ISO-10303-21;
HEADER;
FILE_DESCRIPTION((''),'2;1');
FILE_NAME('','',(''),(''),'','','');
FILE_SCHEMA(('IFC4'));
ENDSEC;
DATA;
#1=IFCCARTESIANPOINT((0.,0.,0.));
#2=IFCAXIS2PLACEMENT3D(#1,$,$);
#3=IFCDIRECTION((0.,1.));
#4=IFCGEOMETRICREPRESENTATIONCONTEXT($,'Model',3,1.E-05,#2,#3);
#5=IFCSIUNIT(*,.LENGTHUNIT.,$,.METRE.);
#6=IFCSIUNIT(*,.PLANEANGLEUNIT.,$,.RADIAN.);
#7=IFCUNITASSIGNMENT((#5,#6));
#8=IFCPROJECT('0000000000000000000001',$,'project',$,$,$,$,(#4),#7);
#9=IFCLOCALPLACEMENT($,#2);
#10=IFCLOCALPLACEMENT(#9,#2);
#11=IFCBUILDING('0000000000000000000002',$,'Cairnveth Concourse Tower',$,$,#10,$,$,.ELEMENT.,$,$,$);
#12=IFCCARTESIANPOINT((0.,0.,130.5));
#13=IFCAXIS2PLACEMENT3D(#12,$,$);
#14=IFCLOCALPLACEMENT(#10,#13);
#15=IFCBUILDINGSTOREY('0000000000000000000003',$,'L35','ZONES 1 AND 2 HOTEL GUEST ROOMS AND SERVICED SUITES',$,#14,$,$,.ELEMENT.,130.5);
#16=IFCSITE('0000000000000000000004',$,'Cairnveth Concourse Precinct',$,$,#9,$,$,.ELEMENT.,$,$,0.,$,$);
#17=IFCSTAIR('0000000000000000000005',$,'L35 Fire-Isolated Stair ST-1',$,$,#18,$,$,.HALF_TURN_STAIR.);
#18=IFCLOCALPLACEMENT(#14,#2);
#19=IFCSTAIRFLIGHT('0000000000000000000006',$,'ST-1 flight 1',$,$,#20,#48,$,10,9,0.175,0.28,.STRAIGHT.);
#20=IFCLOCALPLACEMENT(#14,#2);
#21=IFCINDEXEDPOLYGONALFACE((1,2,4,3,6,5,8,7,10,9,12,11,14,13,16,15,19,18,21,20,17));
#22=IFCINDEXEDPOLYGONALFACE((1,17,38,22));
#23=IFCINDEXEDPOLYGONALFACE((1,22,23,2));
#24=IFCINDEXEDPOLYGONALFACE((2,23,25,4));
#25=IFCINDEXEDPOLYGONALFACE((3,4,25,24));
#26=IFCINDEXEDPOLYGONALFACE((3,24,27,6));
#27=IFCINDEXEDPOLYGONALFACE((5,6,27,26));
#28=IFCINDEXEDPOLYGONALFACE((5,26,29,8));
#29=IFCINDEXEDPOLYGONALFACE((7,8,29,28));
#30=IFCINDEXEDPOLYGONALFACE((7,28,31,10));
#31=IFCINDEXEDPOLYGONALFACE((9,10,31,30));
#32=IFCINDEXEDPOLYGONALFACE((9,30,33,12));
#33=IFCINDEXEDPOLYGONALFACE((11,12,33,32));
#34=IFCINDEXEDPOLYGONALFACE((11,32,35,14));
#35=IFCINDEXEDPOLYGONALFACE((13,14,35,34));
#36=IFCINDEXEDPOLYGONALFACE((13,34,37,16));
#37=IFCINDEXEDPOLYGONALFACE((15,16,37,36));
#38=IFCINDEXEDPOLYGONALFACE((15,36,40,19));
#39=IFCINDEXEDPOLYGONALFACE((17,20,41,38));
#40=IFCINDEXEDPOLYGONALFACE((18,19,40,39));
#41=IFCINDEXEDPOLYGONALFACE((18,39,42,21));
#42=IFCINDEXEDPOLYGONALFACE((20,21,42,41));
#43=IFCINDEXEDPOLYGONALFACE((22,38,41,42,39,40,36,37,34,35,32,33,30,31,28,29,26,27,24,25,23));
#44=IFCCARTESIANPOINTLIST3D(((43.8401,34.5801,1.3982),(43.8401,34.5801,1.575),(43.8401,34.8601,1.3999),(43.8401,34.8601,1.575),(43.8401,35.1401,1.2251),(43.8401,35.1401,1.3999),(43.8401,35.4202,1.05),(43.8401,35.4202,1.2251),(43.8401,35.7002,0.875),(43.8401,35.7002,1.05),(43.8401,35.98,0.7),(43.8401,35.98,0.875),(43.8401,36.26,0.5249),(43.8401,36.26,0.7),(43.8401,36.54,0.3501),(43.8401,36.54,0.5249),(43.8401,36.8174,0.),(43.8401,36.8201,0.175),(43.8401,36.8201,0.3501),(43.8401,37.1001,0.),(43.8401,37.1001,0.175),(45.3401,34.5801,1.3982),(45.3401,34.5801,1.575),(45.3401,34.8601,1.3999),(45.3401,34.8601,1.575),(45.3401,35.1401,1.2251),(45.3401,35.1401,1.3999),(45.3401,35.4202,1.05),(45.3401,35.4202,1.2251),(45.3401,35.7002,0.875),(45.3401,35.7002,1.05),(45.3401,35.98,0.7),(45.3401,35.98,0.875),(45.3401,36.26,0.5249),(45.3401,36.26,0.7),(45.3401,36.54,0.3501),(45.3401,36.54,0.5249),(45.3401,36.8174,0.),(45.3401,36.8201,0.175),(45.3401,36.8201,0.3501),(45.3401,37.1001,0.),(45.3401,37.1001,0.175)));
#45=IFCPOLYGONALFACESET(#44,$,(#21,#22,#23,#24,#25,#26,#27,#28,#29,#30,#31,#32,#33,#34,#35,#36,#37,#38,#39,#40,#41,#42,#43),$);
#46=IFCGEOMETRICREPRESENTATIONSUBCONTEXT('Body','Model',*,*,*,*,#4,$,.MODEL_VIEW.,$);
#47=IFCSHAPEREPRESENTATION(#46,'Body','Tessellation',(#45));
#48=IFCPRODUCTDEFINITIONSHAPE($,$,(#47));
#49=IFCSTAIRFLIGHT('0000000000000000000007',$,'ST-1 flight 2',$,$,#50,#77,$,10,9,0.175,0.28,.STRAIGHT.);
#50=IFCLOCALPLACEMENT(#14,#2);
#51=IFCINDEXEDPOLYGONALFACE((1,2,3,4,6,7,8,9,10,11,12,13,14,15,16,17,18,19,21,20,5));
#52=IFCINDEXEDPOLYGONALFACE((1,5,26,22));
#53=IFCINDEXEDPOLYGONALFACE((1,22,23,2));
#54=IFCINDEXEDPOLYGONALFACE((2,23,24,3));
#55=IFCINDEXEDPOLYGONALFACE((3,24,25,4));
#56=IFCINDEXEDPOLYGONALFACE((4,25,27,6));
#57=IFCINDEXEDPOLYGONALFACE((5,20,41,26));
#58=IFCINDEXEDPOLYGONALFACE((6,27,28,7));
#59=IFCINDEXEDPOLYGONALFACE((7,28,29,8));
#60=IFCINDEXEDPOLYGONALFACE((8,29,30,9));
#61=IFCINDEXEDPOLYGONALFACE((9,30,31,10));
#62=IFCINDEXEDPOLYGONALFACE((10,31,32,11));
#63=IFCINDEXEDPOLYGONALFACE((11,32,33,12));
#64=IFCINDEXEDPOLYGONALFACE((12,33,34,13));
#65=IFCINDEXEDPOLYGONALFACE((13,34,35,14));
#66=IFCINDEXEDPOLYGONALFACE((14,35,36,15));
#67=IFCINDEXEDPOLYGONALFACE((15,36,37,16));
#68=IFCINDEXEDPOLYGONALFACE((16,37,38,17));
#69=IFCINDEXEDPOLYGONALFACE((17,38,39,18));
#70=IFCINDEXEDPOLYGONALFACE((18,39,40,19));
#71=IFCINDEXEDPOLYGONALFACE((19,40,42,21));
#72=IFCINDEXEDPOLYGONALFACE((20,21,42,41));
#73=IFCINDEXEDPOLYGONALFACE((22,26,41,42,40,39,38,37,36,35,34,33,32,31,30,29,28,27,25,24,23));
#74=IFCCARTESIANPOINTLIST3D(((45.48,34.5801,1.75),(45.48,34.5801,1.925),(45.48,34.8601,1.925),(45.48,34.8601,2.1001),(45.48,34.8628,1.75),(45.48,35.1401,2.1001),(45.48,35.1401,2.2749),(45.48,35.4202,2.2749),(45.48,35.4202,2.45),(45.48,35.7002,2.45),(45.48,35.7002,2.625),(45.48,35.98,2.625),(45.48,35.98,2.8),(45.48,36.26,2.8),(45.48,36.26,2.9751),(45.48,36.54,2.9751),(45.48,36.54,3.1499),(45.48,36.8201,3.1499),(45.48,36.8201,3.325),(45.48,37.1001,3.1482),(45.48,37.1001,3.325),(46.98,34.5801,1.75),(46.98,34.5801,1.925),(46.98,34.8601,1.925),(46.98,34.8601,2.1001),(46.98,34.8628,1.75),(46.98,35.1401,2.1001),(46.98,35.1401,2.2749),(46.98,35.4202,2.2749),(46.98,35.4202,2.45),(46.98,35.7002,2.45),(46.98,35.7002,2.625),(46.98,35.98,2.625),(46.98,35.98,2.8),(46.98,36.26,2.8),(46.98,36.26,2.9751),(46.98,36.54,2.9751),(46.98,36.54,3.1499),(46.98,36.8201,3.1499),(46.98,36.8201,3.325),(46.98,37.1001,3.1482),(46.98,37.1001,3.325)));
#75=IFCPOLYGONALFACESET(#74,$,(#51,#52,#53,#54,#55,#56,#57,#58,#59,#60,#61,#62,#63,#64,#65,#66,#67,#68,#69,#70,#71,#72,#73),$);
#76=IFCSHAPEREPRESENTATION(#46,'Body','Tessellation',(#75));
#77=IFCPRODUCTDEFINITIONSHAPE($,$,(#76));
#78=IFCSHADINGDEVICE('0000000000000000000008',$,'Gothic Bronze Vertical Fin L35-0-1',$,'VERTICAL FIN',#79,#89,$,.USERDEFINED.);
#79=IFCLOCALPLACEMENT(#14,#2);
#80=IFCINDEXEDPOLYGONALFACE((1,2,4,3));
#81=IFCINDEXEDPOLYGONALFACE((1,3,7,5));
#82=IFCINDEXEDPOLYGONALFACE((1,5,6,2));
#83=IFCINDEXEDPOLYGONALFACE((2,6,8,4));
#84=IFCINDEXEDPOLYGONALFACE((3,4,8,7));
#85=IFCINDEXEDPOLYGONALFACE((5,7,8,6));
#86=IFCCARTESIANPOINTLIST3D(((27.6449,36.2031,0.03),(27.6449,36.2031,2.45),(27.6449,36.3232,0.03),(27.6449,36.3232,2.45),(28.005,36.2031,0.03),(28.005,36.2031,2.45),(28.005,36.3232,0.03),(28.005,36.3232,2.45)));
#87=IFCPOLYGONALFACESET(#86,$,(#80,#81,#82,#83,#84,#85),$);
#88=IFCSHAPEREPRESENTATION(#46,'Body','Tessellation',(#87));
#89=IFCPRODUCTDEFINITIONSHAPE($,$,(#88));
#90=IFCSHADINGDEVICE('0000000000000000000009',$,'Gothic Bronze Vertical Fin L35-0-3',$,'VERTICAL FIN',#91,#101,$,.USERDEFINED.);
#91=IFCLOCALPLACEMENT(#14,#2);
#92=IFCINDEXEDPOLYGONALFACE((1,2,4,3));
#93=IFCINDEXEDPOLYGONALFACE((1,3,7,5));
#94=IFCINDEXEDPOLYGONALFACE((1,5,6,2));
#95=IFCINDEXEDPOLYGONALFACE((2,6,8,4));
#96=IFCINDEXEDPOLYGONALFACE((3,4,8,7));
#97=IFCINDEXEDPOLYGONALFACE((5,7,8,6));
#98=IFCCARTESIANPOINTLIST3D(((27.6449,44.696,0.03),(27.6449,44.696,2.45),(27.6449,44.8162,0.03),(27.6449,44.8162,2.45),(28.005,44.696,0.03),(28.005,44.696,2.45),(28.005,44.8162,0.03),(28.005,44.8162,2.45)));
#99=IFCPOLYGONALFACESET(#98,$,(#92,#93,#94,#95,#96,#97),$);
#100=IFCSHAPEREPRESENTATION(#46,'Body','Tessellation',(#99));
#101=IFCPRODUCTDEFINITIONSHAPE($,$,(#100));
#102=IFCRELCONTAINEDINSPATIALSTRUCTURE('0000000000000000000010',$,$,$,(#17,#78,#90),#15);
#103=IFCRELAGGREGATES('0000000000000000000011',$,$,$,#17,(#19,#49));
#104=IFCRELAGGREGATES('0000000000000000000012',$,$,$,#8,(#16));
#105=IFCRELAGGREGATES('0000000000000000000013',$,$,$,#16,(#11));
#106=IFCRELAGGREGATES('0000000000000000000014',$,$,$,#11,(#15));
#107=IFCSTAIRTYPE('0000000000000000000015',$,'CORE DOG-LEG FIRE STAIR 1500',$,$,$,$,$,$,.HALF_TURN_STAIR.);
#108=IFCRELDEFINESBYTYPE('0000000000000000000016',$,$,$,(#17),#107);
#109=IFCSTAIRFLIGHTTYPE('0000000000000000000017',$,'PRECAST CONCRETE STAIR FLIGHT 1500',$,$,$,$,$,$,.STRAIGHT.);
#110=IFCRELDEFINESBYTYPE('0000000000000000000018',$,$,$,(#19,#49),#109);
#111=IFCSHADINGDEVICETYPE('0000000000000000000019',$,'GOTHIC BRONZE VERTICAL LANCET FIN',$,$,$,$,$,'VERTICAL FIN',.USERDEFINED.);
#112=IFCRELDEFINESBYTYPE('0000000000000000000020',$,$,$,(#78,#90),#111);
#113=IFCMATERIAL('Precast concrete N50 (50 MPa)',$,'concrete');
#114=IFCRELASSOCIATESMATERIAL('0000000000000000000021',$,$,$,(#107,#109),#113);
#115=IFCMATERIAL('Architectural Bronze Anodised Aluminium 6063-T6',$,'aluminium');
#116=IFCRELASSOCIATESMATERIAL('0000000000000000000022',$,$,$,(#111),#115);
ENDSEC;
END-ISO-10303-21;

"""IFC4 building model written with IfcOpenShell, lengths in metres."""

from ifc_helpers import new_model, si_unit, direction, frame, origin, origin_2d, place, context, subcontext, project, spatial, polyline, rectangle, outline, extrude, material, type_object, element, aggregate, save


model = new_model("IFC4")

# Units and contexts
model_context = context("Model", 3, precision=1e-05, world=origin(), true_north=direction((0.0, 1.0)))
body_context = subcontext(model_context, "Body", "Model", "MODEL_VIEW")
ifc_project = project(units=[si_unit("LENGTHUNIT", "METRE"), si_unit("PLANEANGLEUNIT", "RADIAN")], contexts=[model_context])

# Site, building, storey
site_placement = place(None, origin())
site = spatial("IfcSite", under=ifc_project, at=site_placement, Name="Cairnveth Concourse Precinct", CompositionType="ELEMENT", RefElevation=0.0)
building_placement = place(site_placement, origin())
building = spatial("IfcBuilding", under=site, at=building_placement, Name="Cairnveth Concourse Tower", CompositionType="ELEMENT")
storey_placement = place(building_placement, frame((0.0, 0.0, 130.5)))
storey = spatial("IfcBuildingStorey", under=building, at=storey_placement, Name="L35", Description="ZONES 1 AND 2 HOTEL GUEST ROOMS AND SERVICED SUITES", CompositionType="ELEMENT", Elevation=130.5)

# Shared definitions
ifc_material_1 = material(Name="Architectural Bronze Anodised Aluminium 6063-T6", Category="aluminium")

# Stair, stair flights
ifc_material_2 = material(Name="Precast concrete N50 (50 MPa)", Category="concrete")
stair_type = type_object("IfcStairType", Name="CORE DOG-LEG FIRE STAIR 1500", PredefinedType="HALF_TURN_STAIR", material=ifc_material_2)
stair_placement = place(storey_placement, origin())
stair = element("IfcStair", 1, at=stair_placement, inside=storey, type_object=stair_type, Name="L35 Fire-Isolated Stair ST-1", PredefinedType="HALF_TURN_STAIR")
stair_flight_type = type_object("IfcStairFlightType", Name="PRECAST CONCRETE STAIR FLIGHT 1500", PredefinedType="STRAIGHT", material=ifc_material_2)
stair_flight_1_placement = place(storey_placement, frame((44.5901, 37.1001, 0.0), z_axis=(0.0, 0.0, 1.0), x_axis=(0.0, -1.0, 0.0)))
stair_flight_1 = element("IfcStairFlight", 2, at=stair_flight_1_placement, type_object=stair_flight_type, Name="ST-1 flight 1", NumberOfRisers=10, NumberOfTreads=9, PredefinedType="STRAIGHT", RiserHeight=0.175, TreadLength=0.28, context=body_context, shape_type="SweptSolid", body=[
    extrude(outline(polyline([(0.0, 0.0), (0.0, 0.175), (0.28, 0.175), (0.28, 0.3501), (0.5601, 0.3501), (0.5601, 0.5249), (0.8401, 0.5249), (0.8401, 0.7), (1.1201, 0.7), (1.1201, 0.875), (1.3999, 0.875), (1.3999, 1.05), (1.6799, 1.05), (1.6799, 1.2251), (1.96, 1.2251), (1.96, 1.3999), (2.24, 1.3999), (2.24, 1.575), (2.52, 1.575), (2.52, 1.75), (2.52, 1.3982), (0.2827, 0.0), (0.0, 0.0)])), frame((0.0, 0.75, 0.0), z_axis=(0.0, -1.0, 0.0), x_axis=(1.0, 0.0, 0.0)), (0.0, 0.0, 1.0), 1.5),
])
stair_flight_2_placement = place(storey_placement, frame((46.23, 34.5801, 1.75), z_axis=(0.0, 0.0, 1.0), x_axis=(0.0, 1.0, 0.0)))
stair_flight_2 = element("IfcStairFlight", 3, at=stair_flight_2_placement, type_object=stair_flight_type, Name="ST-1 flight 2", NumberOfRisers=10, NumberOfTreads=9, PredefinedType="STRAIGHT", RiserHeight=0.175, TreadLength=0.28, context=body_context, shape_type="SweptSolid", body=[
    extrude(outline(polyline([(0.0, 0.0), (0.0, 0.175), (0.28, 0.175), (0.28, 0.3501), (0.5601, 0.3501), (0.5601, 0.5249), (0.8401, 0.5249), (0.8401, 0.7), (1.1201, 0.7), (1.1201, 0.875), (1.3999, 0.875), (1.3999, 1.05), (1.6799, 1.05), (1.6799, 1.2251), (1.96, 1.2251), (1.96, 1.3999), (2.24, 1.3999), (2.24, 1.575), (2.52, 1.575), (2.52, 1.75), (2.52, 1.3982), (0.2827, 0.0), (0.0, 0.0)])), frame((0.0, 0.75, 0.0), z_axis=(0.0, -1.0, 0.0), x_axis=(1.0, 0.0, 0.0)), (0.0, 0.0, 1.0), 1.5),
])
aggregate(stair, [stair_flight_1, stair_flight_2])

# Shading devices
shading_device_type = type_object("IfcShadingDeviceType", Name="GOTHIC BRONZE VERTICAL LANCET FIN", ElementType="VERTICAL FIN", PredefinedType="USERDEFINED", material=ifc_material_1)
for number, where, z_axis, x_axis, name in (
    (4, (27.825, 36.2632, 0.03), (0.0, 0.0, 1.0), (0.0, 1.0, 0.0), "Gothic Bronze Vertical Fin L35-0-1"),
    (5, (27.825, 44.7561, 0.03), (0.0, 0.0, 1.0), (0.0, 1.0, 0.0), "Gothic Bronze Vertical Fin L35-0-3"),
):
    element("IfcShadingDevice", number, at=place(storey_placement, frame(where, z_axis=z_axis, x_axis=x_axis)), inside=storey, type_object=shading_device_type, Name=name, ObjectType="VERTICAL FIN", PredefinedType="USERDEFINED", context=body_context, shape_type="SweptSolid", body=[
        extrude(rectangle(XDim=0.1201, YDim=0.3601, at=origin_2d()), origin(), (0.0, 0.0, 1.0), 2.4199),
    ])

save(model, "model.ifc")
